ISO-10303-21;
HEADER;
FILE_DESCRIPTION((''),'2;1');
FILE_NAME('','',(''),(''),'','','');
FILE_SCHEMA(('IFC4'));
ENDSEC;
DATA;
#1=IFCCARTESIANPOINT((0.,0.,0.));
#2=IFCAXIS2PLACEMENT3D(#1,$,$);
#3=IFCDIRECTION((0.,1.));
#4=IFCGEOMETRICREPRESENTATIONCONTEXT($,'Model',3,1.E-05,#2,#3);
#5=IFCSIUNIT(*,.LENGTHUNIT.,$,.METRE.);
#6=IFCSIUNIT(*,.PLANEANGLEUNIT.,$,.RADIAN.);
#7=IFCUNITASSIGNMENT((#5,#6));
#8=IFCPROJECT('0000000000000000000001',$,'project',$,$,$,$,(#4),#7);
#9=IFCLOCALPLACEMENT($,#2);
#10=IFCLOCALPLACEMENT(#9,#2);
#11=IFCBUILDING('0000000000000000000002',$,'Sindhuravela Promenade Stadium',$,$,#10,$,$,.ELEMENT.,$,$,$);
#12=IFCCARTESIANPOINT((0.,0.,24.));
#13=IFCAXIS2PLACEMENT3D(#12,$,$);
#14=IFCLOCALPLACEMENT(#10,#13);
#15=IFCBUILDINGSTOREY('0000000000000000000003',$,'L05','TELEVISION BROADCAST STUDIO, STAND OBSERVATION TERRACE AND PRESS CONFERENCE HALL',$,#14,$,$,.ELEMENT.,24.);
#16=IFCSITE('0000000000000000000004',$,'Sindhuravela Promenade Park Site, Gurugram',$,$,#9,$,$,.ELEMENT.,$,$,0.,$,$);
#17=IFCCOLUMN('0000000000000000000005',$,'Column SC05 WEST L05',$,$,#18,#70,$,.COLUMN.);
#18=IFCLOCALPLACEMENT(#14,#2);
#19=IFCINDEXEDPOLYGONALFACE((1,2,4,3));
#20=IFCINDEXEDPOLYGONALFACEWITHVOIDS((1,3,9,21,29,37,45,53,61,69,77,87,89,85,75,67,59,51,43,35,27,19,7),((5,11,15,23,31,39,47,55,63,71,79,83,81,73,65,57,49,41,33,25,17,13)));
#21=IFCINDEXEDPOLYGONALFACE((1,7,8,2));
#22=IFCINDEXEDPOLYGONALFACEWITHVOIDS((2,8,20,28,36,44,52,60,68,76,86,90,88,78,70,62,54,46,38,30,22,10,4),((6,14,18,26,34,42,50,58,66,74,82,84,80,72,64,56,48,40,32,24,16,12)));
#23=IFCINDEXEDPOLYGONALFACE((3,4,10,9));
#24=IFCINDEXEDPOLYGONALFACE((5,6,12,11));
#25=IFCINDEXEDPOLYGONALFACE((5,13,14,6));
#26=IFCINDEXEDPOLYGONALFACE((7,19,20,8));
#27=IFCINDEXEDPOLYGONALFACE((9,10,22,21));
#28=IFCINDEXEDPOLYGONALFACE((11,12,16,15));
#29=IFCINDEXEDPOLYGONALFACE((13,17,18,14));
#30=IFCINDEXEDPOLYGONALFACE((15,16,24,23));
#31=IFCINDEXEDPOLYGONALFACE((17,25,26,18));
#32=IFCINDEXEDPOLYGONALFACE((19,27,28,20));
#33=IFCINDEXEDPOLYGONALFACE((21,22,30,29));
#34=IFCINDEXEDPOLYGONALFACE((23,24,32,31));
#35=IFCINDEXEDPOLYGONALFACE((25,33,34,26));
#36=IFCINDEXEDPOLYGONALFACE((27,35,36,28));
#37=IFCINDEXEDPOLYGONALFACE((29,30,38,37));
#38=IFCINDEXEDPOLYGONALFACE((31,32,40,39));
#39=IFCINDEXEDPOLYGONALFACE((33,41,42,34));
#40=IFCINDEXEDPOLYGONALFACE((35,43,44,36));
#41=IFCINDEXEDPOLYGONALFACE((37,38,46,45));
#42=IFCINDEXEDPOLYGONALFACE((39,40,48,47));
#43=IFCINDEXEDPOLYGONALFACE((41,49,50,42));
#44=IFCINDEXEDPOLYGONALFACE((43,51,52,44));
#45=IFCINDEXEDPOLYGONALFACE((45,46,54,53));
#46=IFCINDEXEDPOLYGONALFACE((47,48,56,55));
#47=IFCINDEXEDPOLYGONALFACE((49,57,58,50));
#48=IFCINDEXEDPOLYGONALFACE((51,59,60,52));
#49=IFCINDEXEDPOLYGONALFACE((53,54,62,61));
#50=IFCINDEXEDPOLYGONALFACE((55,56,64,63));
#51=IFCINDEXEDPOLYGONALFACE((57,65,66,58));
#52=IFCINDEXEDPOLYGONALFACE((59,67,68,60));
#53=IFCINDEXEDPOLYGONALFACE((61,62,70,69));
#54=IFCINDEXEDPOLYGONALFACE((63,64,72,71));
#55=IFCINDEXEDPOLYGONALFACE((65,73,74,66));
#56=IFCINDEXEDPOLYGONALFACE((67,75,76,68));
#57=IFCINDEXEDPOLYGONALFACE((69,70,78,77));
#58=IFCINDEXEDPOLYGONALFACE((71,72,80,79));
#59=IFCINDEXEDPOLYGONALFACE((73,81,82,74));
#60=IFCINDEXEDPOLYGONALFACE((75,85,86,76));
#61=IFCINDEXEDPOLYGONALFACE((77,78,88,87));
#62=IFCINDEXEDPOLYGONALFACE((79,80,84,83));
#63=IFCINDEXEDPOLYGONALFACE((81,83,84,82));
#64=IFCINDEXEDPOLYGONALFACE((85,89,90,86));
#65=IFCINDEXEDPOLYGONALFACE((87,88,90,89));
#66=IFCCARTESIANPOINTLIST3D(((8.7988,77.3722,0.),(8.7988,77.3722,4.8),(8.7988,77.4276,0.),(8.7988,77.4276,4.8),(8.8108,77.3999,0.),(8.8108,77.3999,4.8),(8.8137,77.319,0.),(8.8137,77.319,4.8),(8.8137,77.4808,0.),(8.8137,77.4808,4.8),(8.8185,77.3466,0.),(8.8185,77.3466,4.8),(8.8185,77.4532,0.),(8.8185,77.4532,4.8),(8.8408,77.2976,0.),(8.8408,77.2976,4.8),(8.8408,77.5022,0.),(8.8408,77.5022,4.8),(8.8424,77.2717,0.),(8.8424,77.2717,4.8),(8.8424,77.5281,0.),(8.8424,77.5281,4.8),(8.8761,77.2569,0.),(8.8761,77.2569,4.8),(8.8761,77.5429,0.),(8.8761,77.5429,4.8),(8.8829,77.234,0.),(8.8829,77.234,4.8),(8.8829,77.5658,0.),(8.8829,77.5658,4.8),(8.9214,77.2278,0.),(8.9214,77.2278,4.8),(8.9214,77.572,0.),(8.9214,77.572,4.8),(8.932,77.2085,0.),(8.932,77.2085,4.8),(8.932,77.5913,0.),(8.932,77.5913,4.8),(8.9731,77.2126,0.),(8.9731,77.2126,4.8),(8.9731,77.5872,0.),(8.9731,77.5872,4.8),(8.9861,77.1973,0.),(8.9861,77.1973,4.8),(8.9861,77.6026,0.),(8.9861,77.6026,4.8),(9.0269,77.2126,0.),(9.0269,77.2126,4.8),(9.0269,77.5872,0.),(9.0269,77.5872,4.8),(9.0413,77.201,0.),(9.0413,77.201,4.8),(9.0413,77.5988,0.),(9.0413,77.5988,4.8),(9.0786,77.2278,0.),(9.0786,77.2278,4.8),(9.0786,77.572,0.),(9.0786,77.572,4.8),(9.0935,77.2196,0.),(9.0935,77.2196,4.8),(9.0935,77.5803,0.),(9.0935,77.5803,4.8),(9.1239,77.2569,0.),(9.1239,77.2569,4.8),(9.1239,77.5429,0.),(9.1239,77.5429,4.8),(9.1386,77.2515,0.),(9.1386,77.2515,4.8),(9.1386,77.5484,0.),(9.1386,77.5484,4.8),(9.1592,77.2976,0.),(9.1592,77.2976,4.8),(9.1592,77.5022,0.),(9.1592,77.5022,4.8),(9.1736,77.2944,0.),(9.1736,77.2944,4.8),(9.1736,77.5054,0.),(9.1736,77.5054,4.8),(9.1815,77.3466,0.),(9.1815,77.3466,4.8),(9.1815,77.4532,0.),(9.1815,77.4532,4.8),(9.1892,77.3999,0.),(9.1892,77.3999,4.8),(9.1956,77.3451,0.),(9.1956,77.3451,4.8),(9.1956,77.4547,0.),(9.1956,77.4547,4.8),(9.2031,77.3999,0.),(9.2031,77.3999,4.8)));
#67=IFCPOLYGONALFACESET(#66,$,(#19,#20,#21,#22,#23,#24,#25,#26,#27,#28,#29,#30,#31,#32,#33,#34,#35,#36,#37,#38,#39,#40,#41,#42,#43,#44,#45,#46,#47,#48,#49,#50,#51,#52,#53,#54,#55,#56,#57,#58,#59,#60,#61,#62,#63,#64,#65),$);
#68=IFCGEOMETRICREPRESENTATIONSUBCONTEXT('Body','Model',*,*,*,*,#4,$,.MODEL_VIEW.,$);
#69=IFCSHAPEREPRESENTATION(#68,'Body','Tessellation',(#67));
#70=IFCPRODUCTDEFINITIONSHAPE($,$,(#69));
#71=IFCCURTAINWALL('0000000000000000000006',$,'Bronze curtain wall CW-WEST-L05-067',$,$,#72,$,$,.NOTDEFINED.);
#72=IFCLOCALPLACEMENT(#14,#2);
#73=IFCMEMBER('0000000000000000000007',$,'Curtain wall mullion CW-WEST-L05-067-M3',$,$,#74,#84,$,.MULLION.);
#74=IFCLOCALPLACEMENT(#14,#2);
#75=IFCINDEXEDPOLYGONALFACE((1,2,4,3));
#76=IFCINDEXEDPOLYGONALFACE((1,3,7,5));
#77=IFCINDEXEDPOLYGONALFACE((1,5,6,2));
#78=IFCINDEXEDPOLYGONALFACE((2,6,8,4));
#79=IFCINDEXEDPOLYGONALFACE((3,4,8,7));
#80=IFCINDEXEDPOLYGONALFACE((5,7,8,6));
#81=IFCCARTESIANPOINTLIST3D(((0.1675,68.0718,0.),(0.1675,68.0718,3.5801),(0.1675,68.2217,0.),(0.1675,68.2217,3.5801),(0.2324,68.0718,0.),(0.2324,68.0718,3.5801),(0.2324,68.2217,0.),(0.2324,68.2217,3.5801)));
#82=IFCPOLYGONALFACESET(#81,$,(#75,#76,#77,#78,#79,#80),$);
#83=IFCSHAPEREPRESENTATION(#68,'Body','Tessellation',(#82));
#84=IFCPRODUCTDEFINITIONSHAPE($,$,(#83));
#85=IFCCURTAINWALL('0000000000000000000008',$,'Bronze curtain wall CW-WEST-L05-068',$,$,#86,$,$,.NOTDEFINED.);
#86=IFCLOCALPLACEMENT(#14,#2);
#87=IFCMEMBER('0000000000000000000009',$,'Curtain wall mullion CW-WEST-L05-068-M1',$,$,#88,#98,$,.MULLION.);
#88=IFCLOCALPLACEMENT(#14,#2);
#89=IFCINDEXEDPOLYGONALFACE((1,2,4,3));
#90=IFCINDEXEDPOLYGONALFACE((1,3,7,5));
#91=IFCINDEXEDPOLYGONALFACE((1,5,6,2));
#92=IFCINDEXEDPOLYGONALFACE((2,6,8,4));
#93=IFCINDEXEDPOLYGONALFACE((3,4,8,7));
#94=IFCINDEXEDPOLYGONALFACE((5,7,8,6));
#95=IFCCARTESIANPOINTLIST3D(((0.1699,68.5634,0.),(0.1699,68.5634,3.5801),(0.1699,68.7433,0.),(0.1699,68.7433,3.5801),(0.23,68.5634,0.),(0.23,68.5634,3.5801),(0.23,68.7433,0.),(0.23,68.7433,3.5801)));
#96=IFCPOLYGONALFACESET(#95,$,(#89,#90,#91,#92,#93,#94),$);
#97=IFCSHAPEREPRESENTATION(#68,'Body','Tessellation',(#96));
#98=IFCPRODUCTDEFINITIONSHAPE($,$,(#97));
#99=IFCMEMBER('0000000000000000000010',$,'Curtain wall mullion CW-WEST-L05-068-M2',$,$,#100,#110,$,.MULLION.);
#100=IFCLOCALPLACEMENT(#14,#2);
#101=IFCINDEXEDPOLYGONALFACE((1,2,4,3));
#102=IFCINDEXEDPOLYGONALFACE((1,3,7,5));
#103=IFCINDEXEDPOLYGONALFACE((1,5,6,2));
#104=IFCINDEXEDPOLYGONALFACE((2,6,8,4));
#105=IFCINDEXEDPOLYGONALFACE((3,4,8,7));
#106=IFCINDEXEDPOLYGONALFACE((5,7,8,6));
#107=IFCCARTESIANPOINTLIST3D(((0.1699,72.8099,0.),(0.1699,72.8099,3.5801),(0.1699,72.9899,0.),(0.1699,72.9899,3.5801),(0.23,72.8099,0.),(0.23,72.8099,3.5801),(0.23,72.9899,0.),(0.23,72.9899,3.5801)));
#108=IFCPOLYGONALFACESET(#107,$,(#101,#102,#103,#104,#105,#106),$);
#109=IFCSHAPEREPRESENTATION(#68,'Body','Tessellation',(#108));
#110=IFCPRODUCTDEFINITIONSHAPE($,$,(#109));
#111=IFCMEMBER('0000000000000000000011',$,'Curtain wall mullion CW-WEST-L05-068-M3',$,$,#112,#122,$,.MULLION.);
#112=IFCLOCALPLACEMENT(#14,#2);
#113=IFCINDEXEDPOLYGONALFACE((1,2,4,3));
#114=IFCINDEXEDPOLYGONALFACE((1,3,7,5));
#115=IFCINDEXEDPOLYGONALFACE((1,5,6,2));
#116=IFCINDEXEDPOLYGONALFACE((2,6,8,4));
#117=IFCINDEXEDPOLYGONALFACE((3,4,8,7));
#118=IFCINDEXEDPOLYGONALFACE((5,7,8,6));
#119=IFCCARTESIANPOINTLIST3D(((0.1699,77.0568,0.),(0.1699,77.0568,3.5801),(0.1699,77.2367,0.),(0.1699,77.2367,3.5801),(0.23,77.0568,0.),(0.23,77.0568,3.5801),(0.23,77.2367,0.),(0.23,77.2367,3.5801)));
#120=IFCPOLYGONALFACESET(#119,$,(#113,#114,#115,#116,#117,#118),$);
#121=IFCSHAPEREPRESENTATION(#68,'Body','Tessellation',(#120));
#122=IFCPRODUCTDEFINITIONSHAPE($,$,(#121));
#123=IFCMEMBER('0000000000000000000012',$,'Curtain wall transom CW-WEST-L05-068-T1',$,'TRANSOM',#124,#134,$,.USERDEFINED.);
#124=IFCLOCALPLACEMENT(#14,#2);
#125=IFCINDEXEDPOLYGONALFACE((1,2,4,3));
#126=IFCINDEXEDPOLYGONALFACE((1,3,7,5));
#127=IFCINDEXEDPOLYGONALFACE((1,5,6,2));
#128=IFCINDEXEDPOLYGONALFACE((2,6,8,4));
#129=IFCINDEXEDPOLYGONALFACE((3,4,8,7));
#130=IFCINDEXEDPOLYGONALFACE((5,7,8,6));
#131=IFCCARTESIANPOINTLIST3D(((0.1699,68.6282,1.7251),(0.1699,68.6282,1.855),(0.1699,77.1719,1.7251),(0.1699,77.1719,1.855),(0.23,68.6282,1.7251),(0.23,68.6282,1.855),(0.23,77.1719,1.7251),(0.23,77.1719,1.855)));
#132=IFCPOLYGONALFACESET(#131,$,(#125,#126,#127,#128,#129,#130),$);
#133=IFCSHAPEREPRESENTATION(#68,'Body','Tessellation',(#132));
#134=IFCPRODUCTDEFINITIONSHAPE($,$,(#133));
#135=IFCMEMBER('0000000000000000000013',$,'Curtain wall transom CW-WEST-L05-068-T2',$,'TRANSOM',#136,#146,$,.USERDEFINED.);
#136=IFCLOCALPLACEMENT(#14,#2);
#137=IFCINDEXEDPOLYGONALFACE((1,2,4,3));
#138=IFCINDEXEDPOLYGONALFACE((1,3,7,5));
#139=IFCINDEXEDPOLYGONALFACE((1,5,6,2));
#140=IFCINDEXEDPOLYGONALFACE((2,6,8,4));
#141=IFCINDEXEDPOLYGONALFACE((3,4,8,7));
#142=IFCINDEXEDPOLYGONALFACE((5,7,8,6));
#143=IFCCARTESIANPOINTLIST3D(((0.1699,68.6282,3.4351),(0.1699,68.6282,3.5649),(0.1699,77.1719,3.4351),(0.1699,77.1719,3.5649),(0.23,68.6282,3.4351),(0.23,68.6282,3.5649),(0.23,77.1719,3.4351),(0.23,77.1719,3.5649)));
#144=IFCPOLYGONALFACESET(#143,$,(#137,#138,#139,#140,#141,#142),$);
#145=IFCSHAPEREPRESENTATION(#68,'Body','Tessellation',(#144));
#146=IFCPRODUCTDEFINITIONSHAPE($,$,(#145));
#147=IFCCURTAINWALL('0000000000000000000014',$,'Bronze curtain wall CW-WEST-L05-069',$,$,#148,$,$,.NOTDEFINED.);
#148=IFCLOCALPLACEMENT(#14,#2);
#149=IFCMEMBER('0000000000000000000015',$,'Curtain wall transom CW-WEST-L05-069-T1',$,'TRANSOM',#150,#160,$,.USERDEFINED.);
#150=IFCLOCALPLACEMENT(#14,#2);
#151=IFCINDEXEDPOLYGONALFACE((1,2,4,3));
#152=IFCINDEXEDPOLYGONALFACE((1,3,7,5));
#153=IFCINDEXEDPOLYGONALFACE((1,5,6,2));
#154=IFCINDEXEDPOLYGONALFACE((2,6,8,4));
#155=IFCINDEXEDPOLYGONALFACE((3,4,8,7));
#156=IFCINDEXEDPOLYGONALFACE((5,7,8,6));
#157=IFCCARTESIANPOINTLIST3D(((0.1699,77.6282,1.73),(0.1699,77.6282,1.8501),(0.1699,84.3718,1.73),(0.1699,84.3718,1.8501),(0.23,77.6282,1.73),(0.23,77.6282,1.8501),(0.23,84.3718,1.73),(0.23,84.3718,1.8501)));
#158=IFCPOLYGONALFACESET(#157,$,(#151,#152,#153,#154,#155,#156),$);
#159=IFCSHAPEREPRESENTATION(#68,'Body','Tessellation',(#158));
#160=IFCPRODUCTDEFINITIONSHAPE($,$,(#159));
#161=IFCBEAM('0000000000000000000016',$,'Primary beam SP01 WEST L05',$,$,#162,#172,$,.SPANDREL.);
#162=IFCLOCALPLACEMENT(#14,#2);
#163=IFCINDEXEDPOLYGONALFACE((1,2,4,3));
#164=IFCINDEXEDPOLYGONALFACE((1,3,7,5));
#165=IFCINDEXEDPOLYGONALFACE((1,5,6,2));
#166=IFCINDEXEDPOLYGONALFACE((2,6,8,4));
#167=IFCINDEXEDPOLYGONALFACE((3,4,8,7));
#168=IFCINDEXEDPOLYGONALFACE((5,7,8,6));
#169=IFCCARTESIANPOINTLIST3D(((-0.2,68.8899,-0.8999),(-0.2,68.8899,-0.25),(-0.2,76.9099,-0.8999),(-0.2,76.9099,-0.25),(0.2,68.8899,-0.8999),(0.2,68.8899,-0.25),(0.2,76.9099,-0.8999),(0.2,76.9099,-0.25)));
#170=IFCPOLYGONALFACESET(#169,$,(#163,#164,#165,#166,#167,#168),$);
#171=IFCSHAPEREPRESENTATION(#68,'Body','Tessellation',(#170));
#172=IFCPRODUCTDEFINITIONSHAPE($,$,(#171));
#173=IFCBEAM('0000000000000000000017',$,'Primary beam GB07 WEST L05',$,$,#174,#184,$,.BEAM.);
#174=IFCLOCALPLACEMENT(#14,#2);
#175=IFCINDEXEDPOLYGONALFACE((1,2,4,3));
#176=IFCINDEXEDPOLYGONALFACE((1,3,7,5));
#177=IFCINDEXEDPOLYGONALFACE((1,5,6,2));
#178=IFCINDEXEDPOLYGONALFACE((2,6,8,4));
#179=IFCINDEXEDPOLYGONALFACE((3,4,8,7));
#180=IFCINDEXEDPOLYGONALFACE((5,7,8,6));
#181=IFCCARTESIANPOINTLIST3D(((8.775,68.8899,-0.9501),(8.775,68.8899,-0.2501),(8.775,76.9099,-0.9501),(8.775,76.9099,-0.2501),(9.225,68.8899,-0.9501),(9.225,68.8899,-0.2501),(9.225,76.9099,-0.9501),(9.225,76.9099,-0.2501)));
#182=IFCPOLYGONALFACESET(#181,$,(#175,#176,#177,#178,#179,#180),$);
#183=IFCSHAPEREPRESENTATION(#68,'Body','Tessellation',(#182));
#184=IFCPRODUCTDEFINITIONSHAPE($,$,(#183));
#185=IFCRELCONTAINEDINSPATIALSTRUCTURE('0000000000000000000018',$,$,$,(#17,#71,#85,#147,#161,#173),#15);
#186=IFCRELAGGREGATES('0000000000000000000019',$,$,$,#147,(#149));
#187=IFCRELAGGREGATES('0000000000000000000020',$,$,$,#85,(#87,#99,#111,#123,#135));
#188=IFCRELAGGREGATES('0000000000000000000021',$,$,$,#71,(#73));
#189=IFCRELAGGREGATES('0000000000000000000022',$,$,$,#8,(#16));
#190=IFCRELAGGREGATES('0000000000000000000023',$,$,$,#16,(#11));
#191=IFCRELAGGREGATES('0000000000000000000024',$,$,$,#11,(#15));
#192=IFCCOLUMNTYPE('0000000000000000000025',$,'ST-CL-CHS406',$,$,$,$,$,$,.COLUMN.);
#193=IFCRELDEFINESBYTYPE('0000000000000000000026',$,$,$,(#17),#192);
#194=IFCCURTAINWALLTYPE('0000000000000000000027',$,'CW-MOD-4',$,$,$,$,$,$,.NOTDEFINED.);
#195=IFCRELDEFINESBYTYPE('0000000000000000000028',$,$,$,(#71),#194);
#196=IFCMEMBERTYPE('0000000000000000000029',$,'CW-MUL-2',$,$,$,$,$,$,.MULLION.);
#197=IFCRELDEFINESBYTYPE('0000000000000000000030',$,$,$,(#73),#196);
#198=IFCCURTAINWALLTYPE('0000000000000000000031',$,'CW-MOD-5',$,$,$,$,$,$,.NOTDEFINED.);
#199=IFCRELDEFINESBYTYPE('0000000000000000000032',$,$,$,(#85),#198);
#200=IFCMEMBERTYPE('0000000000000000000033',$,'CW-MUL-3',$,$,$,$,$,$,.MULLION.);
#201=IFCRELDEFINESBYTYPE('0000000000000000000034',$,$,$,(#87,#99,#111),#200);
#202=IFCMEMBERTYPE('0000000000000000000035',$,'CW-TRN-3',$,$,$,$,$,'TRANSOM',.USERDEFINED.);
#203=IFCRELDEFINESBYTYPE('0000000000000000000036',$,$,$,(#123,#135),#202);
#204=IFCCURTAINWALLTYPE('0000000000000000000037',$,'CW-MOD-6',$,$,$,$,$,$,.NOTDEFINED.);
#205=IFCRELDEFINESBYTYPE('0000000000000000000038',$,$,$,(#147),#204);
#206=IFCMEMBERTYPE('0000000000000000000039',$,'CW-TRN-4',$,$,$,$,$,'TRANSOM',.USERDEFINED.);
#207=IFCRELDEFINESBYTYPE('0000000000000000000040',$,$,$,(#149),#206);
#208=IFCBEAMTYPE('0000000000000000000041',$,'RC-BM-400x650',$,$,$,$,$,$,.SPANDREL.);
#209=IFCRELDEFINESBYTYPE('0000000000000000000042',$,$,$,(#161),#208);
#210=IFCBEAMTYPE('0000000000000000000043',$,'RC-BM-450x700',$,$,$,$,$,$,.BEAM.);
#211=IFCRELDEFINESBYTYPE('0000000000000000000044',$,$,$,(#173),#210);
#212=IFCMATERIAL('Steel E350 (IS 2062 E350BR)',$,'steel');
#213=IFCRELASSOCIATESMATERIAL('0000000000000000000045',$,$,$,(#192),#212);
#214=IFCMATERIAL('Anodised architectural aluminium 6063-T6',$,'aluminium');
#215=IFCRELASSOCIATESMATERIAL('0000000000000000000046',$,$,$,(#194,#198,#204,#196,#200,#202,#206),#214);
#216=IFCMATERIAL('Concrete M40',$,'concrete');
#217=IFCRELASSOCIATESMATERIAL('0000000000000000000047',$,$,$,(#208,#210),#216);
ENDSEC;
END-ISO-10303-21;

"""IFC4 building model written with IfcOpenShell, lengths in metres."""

from ifc_helpers import new_model, si_unit, direction, frame, origin, origin_2d, place, context, subcontext, project, spatial, rectangle, hollow_circle, extrude, material, material_profile, profile_set, type_object, element, aggregate, save


model = new_model("IFC4")

# Units and contexts
model_context = context("Model", 3, precision=1e-05, world=origin(), true_north=direction((0.0, 1.0)))
body_context = subcontext(model_context, "Body", "Model", "MODEL_VIEW")
ifc_project = project(units=[si_unit("LENGTHUNIT", "METRE"), si_unit("PLANEANGLEUNIT", "RADIAN")], contexts=[model_context])

# Site, building, storey
site_placement = place(None, origin())
site = spatial("IfcSite", under=ifc_project, at=site_placement, Name="Sindhuravela Promenade Park Site, Gurugram", CompositionType="ELEMENT", RefElevation=0.0)
building_placement = place(site_placement, origin())
building = spatial("IfcBuilding", under=site, at=building_placement, Name="Sindhuravela Promenade Stadium", CompositionType="ELEMENT")
storey_placement = place(building_placement, frame((0.0, 0.0, 24.0)))
storey = spatial("IfcBuildingStorey", under=building, at=storey_placement, Name="L05", Description="TELEVISION BROADCAST STUDIO, STAND OBSERVATION TERRACE AND PRESS CONFERENCE HALL", CompositionType="ELEMENT", Elevation=24.0)

# Column
ifc_material_1 = material(Name="Steel E350 (IS 2062 E350BR)", Category="steel")
ifc_material_profile_1 = material_profile(ifc_material_1, hollow_circle(Radius=0.2031, WallThickness=0.0139, at=origin_2d()), Name="CHS 406.4x14")
ifc_profile_set_1 = profile_set([ifc_material_profile_1], Name="Steel E350 (IS 2062 E350BR)")
column_type = type_object("IfcColumnType", Name="ST-CL-CHS406", PredefinedType="COLUMN", material=ifc_profile_set_1)
for number, where, z_axis, x_axis, name in (
    (1, (9.0, 77.3999, 0.0), (0.0, 0.0, 1.0), (1.0, 0.0, 0.0), "Column SC05 WEST L05"),
):
    element("IfcColumn", number, at=place(storey_placement, frame(where, z_axis=z_axis, x_axis=x_axis)), inside=storey, type_object=column_type, Name=name, PredefinedType="COLUMN", context=body_context, shape_type="SweptSolid", body=[
        extrude(hollow_circle(Radius=0.2031, WallThickness=0.0139, at=origin_2d()), origin(), (0.0, 0.0, 1.0), 4.8),
    ])

# Curtain wall, member
ifc_material_2 = material(Name="Anodised architectural aluminium 6063-T6", Category="aluminium")
curtain_wall_type_1 = type_object("IfcCurtainWallType", Name="CW-MOD-4", PredefinedType="NOTDEFINED", material=ifc_material_2)
curtain_wall_1_placement = place(storey_placement, origin())
curtain_wall_1 = element("IfcCurtainWall", 2, at=curtain_wall_1_placement, inside=storey, type_object=curtain_wall_type_1, Name="Bronze curtain wall CW-WEST-L05-067", PredefinedType="NOTDEFINED")
ifc_material_profile_2 = material_profile(ifc_material_2, rectangle(XDim=0.0649, YDim=0.1499, at=origin_2d()), Name="ALU MULL 65x150")
ifc_profile_set_2 = profile_set([ifc_material_profile_2], Name="Anodised architectural aluminium 6063-T6")
member_type_1 = type_object("IfcMemberType", Name="CW-MUL-2", PredefinedType="MULLION", material=ifc_profile_set_2)
member_1_placement = place(storey_placement, frame((0.2, 68.1467, 0.0), z_axis=(0.0, 0.0, 1.0), x_axis=(1.0, 0.0, 0.0)))
member_1 = element("IfcMember", 3, at=member_1_placement, type_object=member_type_1, Name="Curtain wall mullion CW-WEST-L05-067-M3", PredefinedType="MULLION", context=body_context, shape_type="SweptSolid", body=[
    extrude(rectangle(XDim=0.0649, YDim=0.1499, at=origin_2d()), origin(), (0.0, 0.0, 1.0), 3.5801),
])

# Curtain wall, members
curtain_wall_type_2 = type_object("IfcCurtainWallType", Name="CW-MOD-5", PredefinedType="NOTDEFINED", material=ifc_material_2)
curtain_wall_2_placement = place(storey_placement, origin())
curtain_wall_2 = element("IfcCurtainWall", 4, at=curtain_wall_2_placement, inside=storey, type_object=curtain_wall_type_2, Name="Bronze curtain wall CW-WEST-L05-068", PredefinedType="NOTDEFINED")
ifc_material_profile_3 = material_profile(ifc_material_2, rectangle(XDim=0.0601, YDim=0.1799, at=origin_2d()), Name="ALU M60x180")
ifc_profile_set_3 = profile_set([ifc_material_profile_3], Name="Anodised architectural aluminium 6063-T6")
member_type_2 = type_object("IfcMemberType", Name="CW-MUL-3", PredefinedType="MULLION", material=ifc_profile_set_3)
member_2_placement = place(storey_placement, frame((0.2, 68.6533, 0.0), z_axis=(0.0, 0.0, 1.0), x_axis=(1.0, 0.0, 0.0)))
member_2 = element("IfcMember", 5, at=member_2_placement, type_object=member_type_2, Name="Curtain wall mullion CW-WEST-L05-068-M1", PredefinedType="MULLION", context=body_context, shape_type="SweptSolid", body=[
    extrude(rectangle(XDim=0.0601, YDim=0.1799, at=origin_2d()), origin(), (0.0, 0.0, 1.0), 3.5801),
])
member_3_placement = place(storey_placement, frame((0.2, 72.8999, 0.0), z_axis=(0.0, 0.0, 1.0), x_axis=(1.0, 0.0, 0.0)))
member_3 = element("IfcMember", 6, at=member_3_placement, type_object=member_type_2, Name="Curtain wall mullion CW-WEST-L05-068-M2", PredefinedType="MULLION", context=body_context, shape_type="SweptSolid", body=[
    extrude(rectangle(XDim=0.0601, YDim=0.1799, at=origin_2d()), origin(), (0.0, 0.0, 1.0), 3.5801),
])
member_4_placement = place(storey_placement, frame((0.2, 77.1467, 0.0), z_axis=(0.0, 0.0, 1.0), x_axis=(1.0, 0.0, 0.0)))
member_4 = element("IfcMember", 7, at=member_4_placement, type_object=member_type_2, Name="Curtain wall mullion CW-WEST-L05-068-M3", PredefinedType="MULLION", context=body_context, shape_type="SweptSolid", body=[
    extrude(rectangle(XDim=0.0601, YDim=0.1799, at=origin_2d()), origin(), (0.0, 0.0, 1.0), 3.5801),
])
ifc_material_profile_4 = material_profile(ifc_material_2, rectangle(XDim=0.0601, YDim=0.1299, at=origin_2d()), Name="ALU T60x130")
ifc_profile_set_4 = profile_set([ifc_material_profile_4], Name="Anodised architectural aluminium 6063-T6")
member_type_3 = type_object("IfcMemberType", Name="CW-TRN-3", ElementType="TRANSOM", PredefinedType="USERDEFINED", material=ifc_profile_set_4)
member_5_placement = place(storey_placement, frame((0.2, 68.6282, 1.79), z_axis=(0.0, 1.0, 0.0), x_axis=(-1.0, 0.0, 0.0)))
member_5 = element("IfcMember", 8, at=member_5_placement, type_object=member_type_3, Name="Curtain wall transom CW-WEST-L05-068-T1", ObjectType="TRANSOM", PredefinedType="USERDEFINED", context=body_context, shape_type="SweptSolid", body=[
    extrude(rectangle(XDim=0.0601, YDim=0.1299, at=origin_2d()), origin(), (0.0, 0.0, 1.0), 8.5437),
])
member_6_placement = place(storey_placement, frame((0.2, 68.6282, 3.5), z_axis=(0.0, 1.0, 0.0), x_axis=(-1.0, 0.0, 0.0)))
member_6 = element("IfcMember", 9, at=member_6_placement, type_object=member_type_3, Name="Curtain wall transom CW-WEST-L05-068-T2", ObjectType="TRANSOM", PredefinedType="USERDEFINED", context=body_context, shape_type="SweptSolid", body=[
    extrude(rectangle(XDim=0.0601, YDim=0.1299, at=origin_2d()), origin(), (0.0, 0.0, 1.0), 8.5437),
])

# Curtain wall, member
curtain_wall_type_3 = type_object("IfcCurtainWallType", Name="CW-MOD-6", PredefinedType="NOTDEFINED", material=ifc_material_2)
curtain_wall_3_placement = place(storey_placement, origin())
curtain_wall_3 = element("IfcCurtainWall", 10, at=curtain_wall_3_placement, inside=storey, type_object=curtain_wall_type_3, Name="Bronze curtain wall CW-WEST-L05-069", PredefinedType="NOTDEFINED")
ifc_material_profile_5 = material_profile(ifc_material_2, rectangle(XDim=0.0601, YDim=0.1201, at=origin_2d()), Name="ALU T60x120")
ifc_profile_set_5 = profile_set([ifc_material_profile_5], Name="Anodised architectural aluminium 6063-T6")
member_type_4 = type_object("IfcMemberType", Name="CW-TRN-4", ElementType="TRANSOM", PredefinedType="USERDEFINED", material=ifc_profile_set_5)
member_7_placement = place(storey_placement, frame((0.2, 77.6282, 1.79), z_axis=(0.0, 1.0, 0.0), x_axis=(-1.0, 0.0, 0.0)))
member_7 = element("IfcMember", 11, at=member_7_placement, type_object=member_type_4, Name="Curtain wall transom CW-WEST-L05-069-T1", ObjectType="TRANSOM", PredefinedType="USERDEFINED", context=body_context, shape_type="SweptSolid", body=[
    extrude(rectangle(XDim=0.0601, YDim=0.1201, at=origin_2d()), origin(), (0.0, 0.0, 1.0), 6.7437),
])
aggregate(curtain_wall_3, [member_7])

# Beams
ifc_material_3 = material(Name="Concrete M40", Category="concrete")
ifc_material_profile_6 = material_profile(ifc_material_3, rectangle(XDim=0.3999, YDim=0.6499, at=origin_2d()), Name="RC 400x650")
ifc_profile_set_6 = profile_set([ifc_material_profile_6], Name="Concrete M40")
beam_type_1 = type_object("IfcBeamType", Name="RC-BM-400x650", PredefinedType="SPANDREL", material=ifc_profile_set_6)
beam_1_placement = place(storey_placement, frame((0.0, 68.8899, -0.575), z_axis=(0.0, 1.0, 0.0), x_axis=(-1.0, 0.0, 0.0)))
element("IfcBeam", 12, at=beam_1_placement, inside=storey, type_object=beam_type_1, Name="Primary beam SP01 WEST L05", PredefinedType="SPANDREL", context=body_context, shape_type="SweptSolid", body=[
    extrude(rectangle(XDim=0.3999, YDim=0.6499, at=origin_2d()), origin(), (0.0, 0.0, 1.0), 8.02),
])
ifc_material_profile_7 = material_profile(ifc_material_3, rectangle(XDim=0.45, YDim=0.7, at=origin_2d()), Name="RC 450x700")
ifc_profile_set_7 = profile_set([ifc_material_profile_7], Name="Concrete M40")
beam_type_2 = type_object("IfcBeamType", Name="RC-BM-450x700", PredefinedType="BEAM", material=ifc_profile_set_7)
beam_2_placement = place(storey_placement, frame((9.0, 68.8899, -0.6001), z_axis=(0.0, 1.0, 0.0), x_axis=(-1.0, 0.0, 0.0)))
element("IfcBeam", 13, at=beam_2_placement, inside=storey, type_object=beam_type_2, Name="Primary beam GB07 WEST L05", PredefinedType="BEAM", context=body_context, shape_type="SweptSolid", body=[
    extrude(rectangle(XDim=0.45, YDim=0.7, at=origin_2d()), origin(), (0.0, 0.0, 1.0), 8.02),
])

aggregate(curtain_wall_2, [member_2, member_3, member_4, member_5, member_6])
aggregate(curtain_wall_1, [member_1])

save(model, "model.ifc")
